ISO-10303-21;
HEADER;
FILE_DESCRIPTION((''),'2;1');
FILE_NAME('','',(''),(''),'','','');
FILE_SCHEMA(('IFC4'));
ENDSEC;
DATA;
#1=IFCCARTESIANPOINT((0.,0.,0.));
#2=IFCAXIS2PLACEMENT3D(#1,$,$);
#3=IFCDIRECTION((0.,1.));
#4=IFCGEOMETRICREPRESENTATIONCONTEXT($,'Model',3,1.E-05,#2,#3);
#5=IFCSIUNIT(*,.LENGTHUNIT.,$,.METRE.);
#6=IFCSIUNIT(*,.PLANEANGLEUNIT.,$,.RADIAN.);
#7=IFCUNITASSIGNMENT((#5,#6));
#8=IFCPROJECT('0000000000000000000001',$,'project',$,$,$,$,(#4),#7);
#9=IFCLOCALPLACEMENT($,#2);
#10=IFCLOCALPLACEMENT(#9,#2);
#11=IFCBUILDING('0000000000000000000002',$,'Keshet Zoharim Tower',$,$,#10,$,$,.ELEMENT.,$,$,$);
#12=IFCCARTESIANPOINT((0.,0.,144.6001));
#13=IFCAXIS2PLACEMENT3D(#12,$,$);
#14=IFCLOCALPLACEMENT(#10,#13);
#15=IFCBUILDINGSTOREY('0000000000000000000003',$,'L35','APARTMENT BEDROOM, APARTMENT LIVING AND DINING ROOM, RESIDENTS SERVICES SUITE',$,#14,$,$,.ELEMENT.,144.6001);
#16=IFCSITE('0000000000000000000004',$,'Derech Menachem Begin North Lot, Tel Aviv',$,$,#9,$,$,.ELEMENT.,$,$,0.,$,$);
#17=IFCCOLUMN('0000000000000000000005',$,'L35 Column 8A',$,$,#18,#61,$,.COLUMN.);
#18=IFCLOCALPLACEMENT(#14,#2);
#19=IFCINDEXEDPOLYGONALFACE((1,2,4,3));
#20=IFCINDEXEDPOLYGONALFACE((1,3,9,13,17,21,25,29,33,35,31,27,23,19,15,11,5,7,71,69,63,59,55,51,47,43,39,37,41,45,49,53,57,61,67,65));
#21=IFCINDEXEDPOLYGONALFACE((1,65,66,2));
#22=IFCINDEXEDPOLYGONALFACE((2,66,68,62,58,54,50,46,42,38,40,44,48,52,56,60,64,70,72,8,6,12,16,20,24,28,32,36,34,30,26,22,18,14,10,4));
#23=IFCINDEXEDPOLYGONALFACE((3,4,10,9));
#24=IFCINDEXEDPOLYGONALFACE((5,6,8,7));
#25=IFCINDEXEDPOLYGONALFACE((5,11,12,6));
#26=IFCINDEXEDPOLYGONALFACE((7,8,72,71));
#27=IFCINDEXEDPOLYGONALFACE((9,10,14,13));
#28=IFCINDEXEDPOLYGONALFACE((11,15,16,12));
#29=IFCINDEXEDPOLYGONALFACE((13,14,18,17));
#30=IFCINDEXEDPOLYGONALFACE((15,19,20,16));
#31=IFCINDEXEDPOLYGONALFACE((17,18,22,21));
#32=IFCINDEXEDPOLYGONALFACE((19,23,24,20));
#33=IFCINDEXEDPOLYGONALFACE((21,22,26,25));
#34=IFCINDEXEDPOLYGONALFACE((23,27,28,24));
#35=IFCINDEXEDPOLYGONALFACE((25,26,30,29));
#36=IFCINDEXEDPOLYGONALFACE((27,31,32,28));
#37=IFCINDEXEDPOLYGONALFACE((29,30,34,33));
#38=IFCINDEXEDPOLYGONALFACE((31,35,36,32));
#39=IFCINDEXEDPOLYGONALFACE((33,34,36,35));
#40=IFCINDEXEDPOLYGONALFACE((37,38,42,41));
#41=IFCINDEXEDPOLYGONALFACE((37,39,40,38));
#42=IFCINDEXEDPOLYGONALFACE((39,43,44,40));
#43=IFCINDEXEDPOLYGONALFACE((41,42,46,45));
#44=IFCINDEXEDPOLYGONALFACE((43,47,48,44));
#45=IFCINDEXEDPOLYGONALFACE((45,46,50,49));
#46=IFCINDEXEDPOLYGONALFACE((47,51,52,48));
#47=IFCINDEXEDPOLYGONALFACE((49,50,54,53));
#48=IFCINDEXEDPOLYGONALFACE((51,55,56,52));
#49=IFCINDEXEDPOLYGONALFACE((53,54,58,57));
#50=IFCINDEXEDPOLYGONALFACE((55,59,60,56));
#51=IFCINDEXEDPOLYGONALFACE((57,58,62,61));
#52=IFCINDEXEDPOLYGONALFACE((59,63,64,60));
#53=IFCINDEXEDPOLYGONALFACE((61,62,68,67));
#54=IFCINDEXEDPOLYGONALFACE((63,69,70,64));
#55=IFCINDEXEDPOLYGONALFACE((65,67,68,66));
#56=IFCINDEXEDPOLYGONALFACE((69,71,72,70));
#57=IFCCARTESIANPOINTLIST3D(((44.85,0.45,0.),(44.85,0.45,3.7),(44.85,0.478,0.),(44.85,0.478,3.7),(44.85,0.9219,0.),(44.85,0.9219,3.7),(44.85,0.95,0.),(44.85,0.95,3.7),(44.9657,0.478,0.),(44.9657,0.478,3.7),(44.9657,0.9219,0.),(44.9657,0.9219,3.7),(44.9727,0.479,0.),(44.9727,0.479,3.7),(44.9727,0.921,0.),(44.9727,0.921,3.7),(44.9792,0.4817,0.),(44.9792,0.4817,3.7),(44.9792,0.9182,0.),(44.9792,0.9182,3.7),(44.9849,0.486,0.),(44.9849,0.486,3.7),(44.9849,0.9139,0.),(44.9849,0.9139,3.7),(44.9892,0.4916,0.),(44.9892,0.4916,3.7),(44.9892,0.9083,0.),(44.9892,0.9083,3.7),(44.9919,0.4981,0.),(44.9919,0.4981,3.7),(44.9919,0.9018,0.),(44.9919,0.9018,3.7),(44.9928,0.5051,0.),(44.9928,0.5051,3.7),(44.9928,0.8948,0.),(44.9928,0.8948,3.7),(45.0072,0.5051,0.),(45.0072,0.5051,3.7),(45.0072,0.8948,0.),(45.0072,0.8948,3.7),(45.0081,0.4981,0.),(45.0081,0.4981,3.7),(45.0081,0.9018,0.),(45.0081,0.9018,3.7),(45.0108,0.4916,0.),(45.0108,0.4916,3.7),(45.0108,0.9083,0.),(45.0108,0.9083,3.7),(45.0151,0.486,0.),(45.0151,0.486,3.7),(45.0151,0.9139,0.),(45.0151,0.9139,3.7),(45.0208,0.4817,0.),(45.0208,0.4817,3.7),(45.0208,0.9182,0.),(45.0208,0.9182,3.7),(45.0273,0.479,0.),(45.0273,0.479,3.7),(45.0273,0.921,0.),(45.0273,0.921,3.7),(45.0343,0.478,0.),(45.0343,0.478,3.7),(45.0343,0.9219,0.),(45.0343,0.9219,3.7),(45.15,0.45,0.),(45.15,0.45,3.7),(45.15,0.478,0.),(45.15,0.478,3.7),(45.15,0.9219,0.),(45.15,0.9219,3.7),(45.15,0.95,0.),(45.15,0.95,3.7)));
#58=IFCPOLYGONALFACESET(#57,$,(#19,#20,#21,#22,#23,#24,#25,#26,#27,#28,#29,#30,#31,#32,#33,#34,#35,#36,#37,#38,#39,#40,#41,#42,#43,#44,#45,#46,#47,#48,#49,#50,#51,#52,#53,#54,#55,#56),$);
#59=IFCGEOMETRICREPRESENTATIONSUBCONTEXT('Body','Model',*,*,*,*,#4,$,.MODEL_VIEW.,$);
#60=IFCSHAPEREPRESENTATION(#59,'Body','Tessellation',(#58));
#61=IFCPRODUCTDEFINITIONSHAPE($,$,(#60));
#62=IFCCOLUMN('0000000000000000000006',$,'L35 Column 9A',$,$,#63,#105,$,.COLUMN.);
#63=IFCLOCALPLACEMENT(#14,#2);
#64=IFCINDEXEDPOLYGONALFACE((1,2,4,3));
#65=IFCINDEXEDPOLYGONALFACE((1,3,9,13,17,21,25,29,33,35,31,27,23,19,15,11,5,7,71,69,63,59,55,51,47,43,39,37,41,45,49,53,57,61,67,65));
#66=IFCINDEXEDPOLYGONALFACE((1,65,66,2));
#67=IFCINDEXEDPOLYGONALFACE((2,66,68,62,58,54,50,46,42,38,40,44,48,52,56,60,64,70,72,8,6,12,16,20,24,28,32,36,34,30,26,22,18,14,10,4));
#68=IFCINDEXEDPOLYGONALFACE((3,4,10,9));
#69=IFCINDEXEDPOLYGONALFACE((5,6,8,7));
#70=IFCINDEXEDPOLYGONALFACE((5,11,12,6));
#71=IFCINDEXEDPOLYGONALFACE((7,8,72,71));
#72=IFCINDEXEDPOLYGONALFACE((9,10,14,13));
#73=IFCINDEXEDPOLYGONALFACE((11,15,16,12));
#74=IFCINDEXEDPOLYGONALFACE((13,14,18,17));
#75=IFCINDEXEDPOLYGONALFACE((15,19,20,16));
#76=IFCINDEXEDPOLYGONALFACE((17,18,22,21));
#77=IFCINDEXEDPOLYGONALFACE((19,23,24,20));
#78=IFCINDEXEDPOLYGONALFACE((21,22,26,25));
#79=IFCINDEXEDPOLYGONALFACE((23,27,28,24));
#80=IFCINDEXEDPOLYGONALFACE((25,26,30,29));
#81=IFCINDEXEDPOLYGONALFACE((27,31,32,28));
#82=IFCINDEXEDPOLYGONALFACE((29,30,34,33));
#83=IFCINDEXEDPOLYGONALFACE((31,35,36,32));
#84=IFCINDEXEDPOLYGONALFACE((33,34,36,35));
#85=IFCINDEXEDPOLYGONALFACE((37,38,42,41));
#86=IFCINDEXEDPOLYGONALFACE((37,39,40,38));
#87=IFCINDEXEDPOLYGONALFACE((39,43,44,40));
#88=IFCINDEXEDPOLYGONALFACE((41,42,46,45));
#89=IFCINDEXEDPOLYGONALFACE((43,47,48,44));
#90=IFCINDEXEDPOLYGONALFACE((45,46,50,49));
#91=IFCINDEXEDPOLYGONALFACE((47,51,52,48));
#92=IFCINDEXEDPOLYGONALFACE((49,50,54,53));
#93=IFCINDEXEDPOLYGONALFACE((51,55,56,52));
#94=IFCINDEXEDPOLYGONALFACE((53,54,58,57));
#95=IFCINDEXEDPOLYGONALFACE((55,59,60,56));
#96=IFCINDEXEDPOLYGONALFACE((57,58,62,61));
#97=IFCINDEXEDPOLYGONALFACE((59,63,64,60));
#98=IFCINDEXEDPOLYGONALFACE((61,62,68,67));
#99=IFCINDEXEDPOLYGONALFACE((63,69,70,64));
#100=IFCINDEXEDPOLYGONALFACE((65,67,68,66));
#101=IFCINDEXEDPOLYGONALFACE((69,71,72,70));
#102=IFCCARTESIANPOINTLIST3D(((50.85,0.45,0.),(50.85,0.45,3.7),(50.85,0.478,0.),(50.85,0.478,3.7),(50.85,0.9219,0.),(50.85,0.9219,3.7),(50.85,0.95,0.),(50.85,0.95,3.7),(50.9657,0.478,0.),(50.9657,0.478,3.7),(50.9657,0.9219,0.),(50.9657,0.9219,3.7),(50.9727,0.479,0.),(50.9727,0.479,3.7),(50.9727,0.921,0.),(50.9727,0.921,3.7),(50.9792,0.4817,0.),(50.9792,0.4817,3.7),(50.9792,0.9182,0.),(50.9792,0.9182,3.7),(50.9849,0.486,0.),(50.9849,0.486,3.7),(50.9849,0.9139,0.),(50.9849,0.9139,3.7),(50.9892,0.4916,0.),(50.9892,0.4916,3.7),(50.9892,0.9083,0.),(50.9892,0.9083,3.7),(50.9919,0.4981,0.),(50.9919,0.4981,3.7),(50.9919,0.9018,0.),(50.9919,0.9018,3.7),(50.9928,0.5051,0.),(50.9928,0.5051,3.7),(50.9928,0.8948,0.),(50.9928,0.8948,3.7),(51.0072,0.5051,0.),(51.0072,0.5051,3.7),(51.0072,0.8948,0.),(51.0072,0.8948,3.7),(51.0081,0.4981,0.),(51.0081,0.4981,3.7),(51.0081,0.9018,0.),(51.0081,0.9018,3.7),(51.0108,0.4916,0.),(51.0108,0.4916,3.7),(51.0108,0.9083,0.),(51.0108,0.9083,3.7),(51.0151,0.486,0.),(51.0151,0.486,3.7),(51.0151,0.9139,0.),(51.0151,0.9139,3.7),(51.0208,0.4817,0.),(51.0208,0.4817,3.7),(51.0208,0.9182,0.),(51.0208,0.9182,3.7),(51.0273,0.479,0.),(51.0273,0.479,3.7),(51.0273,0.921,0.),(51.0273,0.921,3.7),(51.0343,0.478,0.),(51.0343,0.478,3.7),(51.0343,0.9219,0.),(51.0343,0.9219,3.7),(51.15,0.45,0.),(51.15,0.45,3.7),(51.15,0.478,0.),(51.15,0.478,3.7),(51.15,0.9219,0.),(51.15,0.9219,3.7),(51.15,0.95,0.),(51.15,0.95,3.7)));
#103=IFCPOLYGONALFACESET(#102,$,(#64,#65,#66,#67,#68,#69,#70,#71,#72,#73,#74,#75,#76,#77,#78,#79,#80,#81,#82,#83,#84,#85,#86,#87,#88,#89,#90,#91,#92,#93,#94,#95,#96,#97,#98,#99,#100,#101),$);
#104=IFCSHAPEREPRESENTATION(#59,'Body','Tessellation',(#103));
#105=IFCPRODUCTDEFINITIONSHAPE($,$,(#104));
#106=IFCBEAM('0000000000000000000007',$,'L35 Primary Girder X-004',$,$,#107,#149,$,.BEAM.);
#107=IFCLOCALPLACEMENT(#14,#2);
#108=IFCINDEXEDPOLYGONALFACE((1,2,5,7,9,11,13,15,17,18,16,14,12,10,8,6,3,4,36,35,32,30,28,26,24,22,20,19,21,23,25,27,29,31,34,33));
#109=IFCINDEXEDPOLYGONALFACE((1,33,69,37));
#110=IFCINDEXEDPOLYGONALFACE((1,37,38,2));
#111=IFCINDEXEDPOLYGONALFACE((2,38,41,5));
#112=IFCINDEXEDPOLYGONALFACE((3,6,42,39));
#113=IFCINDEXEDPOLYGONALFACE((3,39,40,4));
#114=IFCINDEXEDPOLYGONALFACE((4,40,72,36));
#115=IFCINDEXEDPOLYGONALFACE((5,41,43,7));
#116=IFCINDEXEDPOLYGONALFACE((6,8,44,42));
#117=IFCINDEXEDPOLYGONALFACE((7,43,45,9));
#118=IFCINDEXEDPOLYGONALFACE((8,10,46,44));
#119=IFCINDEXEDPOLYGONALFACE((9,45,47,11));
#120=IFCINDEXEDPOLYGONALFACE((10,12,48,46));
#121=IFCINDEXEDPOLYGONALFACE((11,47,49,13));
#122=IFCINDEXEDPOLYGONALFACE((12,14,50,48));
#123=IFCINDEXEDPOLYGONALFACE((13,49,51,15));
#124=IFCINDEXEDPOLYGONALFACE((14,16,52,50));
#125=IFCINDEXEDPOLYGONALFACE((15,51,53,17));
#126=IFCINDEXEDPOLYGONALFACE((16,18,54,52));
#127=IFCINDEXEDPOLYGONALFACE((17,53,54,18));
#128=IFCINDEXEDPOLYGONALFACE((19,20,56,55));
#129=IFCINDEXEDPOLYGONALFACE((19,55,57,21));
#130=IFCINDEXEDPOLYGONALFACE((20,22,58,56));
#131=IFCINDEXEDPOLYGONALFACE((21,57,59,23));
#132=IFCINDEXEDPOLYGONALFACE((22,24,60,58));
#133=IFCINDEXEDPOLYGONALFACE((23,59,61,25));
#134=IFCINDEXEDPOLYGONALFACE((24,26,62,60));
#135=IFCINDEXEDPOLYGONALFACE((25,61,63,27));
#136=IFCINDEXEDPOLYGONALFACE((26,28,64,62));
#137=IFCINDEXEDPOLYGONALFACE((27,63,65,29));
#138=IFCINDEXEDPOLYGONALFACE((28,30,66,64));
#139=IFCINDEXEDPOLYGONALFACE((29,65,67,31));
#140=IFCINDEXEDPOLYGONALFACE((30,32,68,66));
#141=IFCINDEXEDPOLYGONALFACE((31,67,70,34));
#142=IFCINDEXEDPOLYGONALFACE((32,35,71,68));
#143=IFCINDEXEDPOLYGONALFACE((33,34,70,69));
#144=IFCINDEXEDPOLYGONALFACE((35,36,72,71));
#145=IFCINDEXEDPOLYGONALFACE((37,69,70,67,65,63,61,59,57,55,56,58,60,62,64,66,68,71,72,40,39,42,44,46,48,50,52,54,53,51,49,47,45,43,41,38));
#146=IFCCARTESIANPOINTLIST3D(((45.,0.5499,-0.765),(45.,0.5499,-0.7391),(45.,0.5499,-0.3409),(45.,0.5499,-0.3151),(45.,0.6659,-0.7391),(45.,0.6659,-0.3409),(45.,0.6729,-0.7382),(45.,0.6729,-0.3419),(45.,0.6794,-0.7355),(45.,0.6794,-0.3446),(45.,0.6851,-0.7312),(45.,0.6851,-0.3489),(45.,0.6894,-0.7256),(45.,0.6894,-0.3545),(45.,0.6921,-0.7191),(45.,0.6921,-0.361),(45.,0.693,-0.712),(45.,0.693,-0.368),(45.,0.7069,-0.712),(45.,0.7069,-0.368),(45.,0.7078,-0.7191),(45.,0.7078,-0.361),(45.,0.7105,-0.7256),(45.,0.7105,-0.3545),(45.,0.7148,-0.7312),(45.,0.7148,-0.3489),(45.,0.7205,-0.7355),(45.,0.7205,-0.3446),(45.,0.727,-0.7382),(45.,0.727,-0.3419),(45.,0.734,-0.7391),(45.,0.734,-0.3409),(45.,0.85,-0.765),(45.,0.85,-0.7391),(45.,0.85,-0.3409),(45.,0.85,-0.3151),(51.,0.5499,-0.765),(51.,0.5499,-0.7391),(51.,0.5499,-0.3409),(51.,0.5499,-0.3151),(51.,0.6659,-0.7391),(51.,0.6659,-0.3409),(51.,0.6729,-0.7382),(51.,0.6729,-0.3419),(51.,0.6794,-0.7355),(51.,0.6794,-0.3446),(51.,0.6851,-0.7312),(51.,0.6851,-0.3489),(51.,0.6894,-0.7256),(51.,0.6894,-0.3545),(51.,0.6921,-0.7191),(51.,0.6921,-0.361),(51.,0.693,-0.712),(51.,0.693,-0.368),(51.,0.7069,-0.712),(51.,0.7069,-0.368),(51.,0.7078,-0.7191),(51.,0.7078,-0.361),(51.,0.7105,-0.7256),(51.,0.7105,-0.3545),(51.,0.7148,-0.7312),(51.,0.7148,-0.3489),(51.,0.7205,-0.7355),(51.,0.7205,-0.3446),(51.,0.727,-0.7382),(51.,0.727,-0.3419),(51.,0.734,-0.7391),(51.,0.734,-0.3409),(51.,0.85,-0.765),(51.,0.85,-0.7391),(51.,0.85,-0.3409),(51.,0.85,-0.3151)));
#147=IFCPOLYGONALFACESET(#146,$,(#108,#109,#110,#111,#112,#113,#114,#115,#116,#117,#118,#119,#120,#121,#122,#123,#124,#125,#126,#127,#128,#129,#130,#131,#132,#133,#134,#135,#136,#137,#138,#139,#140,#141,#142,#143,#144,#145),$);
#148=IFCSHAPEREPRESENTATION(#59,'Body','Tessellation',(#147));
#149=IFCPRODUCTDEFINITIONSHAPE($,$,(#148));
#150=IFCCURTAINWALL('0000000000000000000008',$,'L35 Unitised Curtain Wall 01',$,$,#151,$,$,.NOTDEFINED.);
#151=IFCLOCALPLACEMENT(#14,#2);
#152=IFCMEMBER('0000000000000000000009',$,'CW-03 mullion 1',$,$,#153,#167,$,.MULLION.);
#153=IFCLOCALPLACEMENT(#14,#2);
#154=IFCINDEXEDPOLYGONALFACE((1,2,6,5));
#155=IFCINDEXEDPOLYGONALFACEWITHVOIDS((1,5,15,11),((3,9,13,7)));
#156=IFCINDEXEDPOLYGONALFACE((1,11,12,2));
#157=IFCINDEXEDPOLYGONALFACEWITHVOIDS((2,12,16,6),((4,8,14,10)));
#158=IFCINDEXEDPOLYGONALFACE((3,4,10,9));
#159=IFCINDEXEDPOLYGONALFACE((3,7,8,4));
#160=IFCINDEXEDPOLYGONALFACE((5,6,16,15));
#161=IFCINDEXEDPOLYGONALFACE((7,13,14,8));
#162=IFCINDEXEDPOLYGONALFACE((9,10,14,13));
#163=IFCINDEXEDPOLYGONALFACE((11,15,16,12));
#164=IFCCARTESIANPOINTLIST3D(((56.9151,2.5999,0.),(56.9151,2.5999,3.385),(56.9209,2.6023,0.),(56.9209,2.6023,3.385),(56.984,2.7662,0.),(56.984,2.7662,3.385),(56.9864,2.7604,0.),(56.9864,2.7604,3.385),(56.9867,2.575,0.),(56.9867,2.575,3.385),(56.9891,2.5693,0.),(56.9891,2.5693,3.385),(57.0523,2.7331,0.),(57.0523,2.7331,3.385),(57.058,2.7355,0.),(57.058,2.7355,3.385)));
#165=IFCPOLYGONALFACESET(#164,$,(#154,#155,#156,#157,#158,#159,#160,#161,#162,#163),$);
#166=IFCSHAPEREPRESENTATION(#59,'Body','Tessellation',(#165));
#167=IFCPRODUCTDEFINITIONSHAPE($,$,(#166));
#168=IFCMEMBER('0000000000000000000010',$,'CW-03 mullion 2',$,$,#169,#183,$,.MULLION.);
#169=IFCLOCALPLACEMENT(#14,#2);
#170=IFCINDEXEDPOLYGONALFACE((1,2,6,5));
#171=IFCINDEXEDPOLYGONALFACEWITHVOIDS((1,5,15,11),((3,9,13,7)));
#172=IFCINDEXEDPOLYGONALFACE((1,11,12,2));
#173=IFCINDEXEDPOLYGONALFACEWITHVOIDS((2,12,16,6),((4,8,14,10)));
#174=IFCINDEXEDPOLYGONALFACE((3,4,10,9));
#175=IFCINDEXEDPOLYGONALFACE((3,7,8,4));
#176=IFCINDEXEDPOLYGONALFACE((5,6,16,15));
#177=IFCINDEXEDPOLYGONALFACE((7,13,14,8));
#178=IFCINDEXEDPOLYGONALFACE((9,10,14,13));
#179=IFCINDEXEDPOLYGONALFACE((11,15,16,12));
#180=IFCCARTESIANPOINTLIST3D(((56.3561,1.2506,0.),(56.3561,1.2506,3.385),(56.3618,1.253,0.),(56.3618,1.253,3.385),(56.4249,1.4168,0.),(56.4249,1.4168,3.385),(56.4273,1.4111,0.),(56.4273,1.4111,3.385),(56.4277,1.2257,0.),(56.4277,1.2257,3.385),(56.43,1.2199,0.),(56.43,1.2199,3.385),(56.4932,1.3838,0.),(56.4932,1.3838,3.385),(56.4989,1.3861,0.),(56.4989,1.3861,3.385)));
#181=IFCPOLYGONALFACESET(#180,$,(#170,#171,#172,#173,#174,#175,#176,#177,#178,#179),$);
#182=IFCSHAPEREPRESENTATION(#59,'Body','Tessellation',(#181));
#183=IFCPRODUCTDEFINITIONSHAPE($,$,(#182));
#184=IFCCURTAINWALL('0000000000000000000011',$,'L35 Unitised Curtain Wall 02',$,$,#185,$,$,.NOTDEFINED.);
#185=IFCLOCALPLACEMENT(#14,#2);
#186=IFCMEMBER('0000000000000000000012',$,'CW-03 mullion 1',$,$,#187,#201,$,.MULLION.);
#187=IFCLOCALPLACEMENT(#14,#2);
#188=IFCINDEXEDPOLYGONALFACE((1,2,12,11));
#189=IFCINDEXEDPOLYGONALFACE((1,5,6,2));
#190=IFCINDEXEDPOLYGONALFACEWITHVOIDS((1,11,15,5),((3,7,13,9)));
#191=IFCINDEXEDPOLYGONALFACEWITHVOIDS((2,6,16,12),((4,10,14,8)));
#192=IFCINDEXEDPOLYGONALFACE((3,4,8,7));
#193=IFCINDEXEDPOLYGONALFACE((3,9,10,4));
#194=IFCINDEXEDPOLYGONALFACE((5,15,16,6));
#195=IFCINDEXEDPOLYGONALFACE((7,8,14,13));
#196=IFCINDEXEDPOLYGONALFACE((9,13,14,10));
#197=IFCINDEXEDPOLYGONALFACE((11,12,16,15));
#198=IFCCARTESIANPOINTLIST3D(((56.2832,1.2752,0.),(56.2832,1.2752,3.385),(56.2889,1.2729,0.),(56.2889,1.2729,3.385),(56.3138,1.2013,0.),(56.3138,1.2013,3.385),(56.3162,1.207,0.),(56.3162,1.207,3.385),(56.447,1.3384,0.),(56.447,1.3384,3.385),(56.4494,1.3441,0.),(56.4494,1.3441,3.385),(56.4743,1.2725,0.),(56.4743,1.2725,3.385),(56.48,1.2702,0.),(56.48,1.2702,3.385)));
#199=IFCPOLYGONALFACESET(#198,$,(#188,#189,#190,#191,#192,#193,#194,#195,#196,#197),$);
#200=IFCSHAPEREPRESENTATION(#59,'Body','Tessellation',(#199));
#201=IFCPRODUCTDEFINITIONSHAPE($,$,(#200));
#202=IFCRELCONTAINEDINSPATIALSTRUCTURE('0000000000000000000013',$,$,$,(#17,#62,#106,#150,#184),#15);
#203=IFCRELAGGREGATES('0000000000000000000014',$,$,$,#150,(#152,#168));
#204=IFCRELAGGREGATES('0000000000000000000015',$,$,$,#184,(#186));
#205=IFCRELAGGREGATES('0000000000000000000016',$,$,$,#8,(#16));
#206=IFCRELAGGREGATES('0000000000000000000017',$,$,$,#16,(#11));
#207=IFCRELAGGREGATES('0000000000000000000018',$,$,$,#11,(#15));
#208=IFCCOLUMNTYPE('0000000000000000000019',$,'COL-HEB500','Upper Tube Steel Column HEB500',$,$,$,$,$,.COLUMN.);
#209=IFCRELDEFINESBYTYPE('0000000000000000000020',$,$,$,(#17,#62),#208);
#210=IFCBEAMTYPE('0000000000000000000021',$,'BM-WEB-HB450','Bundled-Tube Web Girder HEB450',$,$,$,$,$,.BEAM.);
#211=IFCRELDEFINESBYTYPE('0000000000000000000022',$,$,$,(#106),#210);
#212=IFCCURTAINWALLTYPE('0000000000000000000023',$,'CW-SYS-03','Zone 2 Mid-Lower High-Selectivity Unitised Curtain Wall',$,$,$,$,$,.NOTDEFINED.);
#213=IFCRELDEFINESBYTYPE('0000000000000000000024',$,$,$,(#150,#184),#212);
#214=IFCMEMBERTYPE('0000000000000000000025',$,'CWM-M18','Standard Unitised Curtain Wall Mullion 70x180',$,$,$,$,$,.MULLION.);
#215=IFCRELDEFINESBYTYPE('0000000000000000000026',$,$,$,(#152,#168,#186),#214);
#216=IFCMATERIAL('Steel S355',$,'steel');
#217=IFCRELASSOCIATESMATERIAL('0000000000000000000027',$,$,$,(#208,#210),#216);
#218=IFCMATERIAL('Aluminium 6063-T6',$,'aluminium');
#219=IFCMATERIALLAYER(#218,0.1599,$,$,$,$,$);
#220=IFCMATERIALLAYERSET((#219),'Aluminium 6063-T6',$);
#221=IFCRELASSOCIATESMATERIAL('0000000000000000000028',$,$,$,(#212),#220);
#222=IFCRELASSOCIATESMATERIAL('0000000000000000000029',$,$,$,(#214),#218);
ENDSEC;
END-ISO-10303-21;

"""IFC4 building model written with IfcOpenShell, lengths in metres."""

from ifc_helpers import new_model, si_unit, direction, frame, origin, origin_2d, place, context, subcontext, project, spatial, hollow_rectangle, i_section, extrude, material, layer, layer_set, material_profile, profile_set, type_object, element, aggregate, save


model = new_model("IFC4")

# Units and contexts
model_context = context("Model", 3, precision=1e-05, world=origin(), true_north=direction((0.0, 1.0)))
body_context = subcontext(model_context, "Body", "Model", "MODEL_VIEW")
ifc_project = project(units=[si_unit("LENGTHUNIT", "METRE"), si_unit("PLANEANGLEUNIT", "RADIAN")], contexts=[model_context])

# Site, building, storey
site_placement = place(None, origin())
site = spatial("IfcSite", under=ifc_project, at=site_placement, Name="Derech Menachem Begin North Lot, Tel Aviv", CompositionType="ELEMENT", RefElevation=0.0)
building_placement = place(site_placement, origin())
building = spatial("IfcBuilding", under=site, at=building_placement, Name="Keshet Zoharim Tower", CompositionType="ELEMENT")
storey_placement = place(building_placement, frame((0.0, 0.0, 144.6001)))
storey = spatial("IfcBuildingStorey", under=building, at=storey_placement, Name="L35", Description="APARTMENT BEDROOM, APARTMENT LIVING AND DINING ROOM, RESIDENTS SERVICES SUITE", CompositionType="ELEMENT", Elevation=144.6001)

# Columns
ifc_material_1 = material(Name="Steel S355", Category="steel")
ifc_material_profile_1 = material_profile(ifc_material_1, i_section(OverallWidth=0.3, OverallDepth=0.5, WebThickness=0.0144, FlangeThickness=0.0281, FilletRadius=0.0271, at=origin_2d()), Name="HEB500")
ifc_profile_set_1 = profile_set([ifc_material_profile_1], Name="Steel S355")
column_type = type_object("IfcColumnType", Name="COL-HEB500", Description="Upper Tube Steel Column HEB500", PredefinedType="COLUMN", material=ifc_profile_set_1)
for number, where, z_axis, x_axis, name in (
    (1, (45.0, 0.7, 0.0), (0.0, 0.0, 1.0), (1.0, 0.0, 0.0), "L35 Column 8A"),
    (2, (51.0, 0.7, 0.0), (0.0, 0.0, 1.0), (1.0, 0.0, 0.0), "L35 Column 9A"),
):
    element("IfcColumn", number, at=place(storey_placement, frame(where, z_axis=z_axis, x_axis=x_axis)), inside=storey, type_object=column_type, Name=name, PredefinedType="COLUMN", context=body_context, shape_type="SweptSolid", body=[
        extrude(i_section(OverallWidth=0.3, OverallDepth=0.5, WebThickness=0.0144, FlangeThickness=0.0281, FilletRadius=0.0271, at=origin_2d()), origin(), (0.0, 0.0, 1.0), 3.7),
    ])

# Beam
ifc_material_profile_2 = material_profile(ifc_material_1, i_section(OverallWidth=0.3, OverallDepth=0.45, WebThickness=0.0139, FlangeThickness=0.0259, FilletRadius=0.0271, at=origin_2d()), Name="HEB450")
ifc_profile_set_2 = profile_set([ifc_material_profile_2], Name="Steel S355")
beam_type = type_object("IfcBeamType", Name="BM-WEB-HB450", Description="Bundled-Tube Web Girder HEB450", PredefinedType="BEAM", material=ifc_profile_set_2)
beam_placement = place(storey_placement, frame((45.0, 0.7, -0.54), z_axis=(1.0, 0.0, 0.0), x_axis=(0.0, 1.0, 0.0)))
element("IfcBeam", 3, at=beam_placement, inside=storey, type_object=beam_type, Name="L35 Primary Girder X-004", PredefinedType="BEAM", context=body_context, shape_type="SweptSolid", body=[
    extrude(i_section(OverallWidth=0.3, OverallDepth=0.45, WebThickness=0.0139, FlangeThickness=0.0259, FilletRadius=0.0271, at=origin_2d()), origin(), (0.0, 0.0, 1.0), 6.0),
])

# Curtain walls, members
ifc_material_2 = material(Name="Aluminium 6063-T6", Category="aluminium")
ifc_layer_1 = layer(ifc_material_2, 0.1599)
ifc_layer_set_1 = layer_set([ifc_layer_1], Name="Aluminium 6063-T6")
curtain_wall_type = type_object("IfcCurtainWallType", Name="CW-SYS-03", Description="Zone 2 Mid-Lower High-Selectivity Unitised Curtain Wall", PredefinedType="NOTDEFINED", material=ifc_layer_set_1)
curtain_wall_1_placement = place(storey_placement, origin())
curtain_wall_1 = element("IfcCurtainWall", 4, at=curtain_wall_1_placement, inside=storey, type_object=curtain_wall_type, Name="L35 Unitised Curtain Wall 01", PredefinedType="NOTDEFINED")
ifc_material_profile_3 = material_profile(ifc_material_2, hollow_rectangle(XDim=0.0801, YDim=0.1799, WallThickness=0.0044, at=origin_2d()), Name="MUL-80x180")
ifc_profile_set_3 = profile_set([ifc_material_profile_3], Name="Aluminium 6063-T6")
member_type_1 = type_object("IfcMemberType", Name="CWM-M18", Description="Standard Unitised Curtain Wall Mullion 70x180", PredefinedType="MULLION", material=ifc_profile_set_3)
member_1_placement = place(storey_placement, frame((56.9866, 2.6677, 0.0), z_axis=(0.0, 0.0, 1.0), x_axis=(0.92381, -0.382852, 0.0)))
member_1 = element("IfcMember", 5, at=member_1_placement, type_object=member_type_1, Name="CW-03 mullion 1", PredefinedType="MULLION", context=body_context, shape_type="SweptSolid", body=[
    extrude(hollow_rectangle(XDim=0.0801, YDim=0.1799, WallThickness=0.0044, at=origin_2d()), origin(), (0.0, 0.0, 1.0), 3.385),
])
member_2_placement = place(storey_placement, frame((56.4275, 1.3184, 0.0), z_axis=(0.0, 0.0, 1.0), x_axis=(0.92381, -0.382852, 0.0)))
member_2 = element("IfcMember", 6, at=member_2_placement, type_object=member_type_1, Name="CW-03 mullion 2", PredefinedType="MULLION", context=body_context, shape_type="SweptSolid", body=[
    extrude(hollow_rectangle(XDim=0.0801, YDim=0.1799, WallThickness=0.0044, at=origin_2d()), origin(), (0.0, 0.0, 1.0), 3.385),
])
curtain_wall_2_placement = place(storey_placement, origin())
curtain_wall_2 = element("IfcCurtainWall", 7, at=curtain_wall_2_placement, inside=storey, type_object=curtain_wall_type, Name="L35 Unitised Curtain Wall 02", PredefinedType="NOTDEFINED")
member_3_placement = place(storey_placement, frame((56.3816, 1.2727, 0.0), z_axis=(0.0, 0.0, 1.0), x_axis=(0.382852, -0.92381, 0.0)))
member_3 = element("IfcMember", 8, at=member_3_placement, type_object=member_type_1, Name="CW-03 mullion 1", PredefinedType="MULLION", context=body_context, shape_type="SweptSolid", body=[
    extrude(hollow_rectangle(XDim=0.0801, YDim=0.1799, WallThickness=0.0044, at=origin_2d()), origin(), (0.0, 0.0, 1.0), 3.385),
])

aggregate(curtain_wall_1, [member_1, member_2])
aggregate(curtain_wall_2, [member_3])

save(model, "model.ifc")
